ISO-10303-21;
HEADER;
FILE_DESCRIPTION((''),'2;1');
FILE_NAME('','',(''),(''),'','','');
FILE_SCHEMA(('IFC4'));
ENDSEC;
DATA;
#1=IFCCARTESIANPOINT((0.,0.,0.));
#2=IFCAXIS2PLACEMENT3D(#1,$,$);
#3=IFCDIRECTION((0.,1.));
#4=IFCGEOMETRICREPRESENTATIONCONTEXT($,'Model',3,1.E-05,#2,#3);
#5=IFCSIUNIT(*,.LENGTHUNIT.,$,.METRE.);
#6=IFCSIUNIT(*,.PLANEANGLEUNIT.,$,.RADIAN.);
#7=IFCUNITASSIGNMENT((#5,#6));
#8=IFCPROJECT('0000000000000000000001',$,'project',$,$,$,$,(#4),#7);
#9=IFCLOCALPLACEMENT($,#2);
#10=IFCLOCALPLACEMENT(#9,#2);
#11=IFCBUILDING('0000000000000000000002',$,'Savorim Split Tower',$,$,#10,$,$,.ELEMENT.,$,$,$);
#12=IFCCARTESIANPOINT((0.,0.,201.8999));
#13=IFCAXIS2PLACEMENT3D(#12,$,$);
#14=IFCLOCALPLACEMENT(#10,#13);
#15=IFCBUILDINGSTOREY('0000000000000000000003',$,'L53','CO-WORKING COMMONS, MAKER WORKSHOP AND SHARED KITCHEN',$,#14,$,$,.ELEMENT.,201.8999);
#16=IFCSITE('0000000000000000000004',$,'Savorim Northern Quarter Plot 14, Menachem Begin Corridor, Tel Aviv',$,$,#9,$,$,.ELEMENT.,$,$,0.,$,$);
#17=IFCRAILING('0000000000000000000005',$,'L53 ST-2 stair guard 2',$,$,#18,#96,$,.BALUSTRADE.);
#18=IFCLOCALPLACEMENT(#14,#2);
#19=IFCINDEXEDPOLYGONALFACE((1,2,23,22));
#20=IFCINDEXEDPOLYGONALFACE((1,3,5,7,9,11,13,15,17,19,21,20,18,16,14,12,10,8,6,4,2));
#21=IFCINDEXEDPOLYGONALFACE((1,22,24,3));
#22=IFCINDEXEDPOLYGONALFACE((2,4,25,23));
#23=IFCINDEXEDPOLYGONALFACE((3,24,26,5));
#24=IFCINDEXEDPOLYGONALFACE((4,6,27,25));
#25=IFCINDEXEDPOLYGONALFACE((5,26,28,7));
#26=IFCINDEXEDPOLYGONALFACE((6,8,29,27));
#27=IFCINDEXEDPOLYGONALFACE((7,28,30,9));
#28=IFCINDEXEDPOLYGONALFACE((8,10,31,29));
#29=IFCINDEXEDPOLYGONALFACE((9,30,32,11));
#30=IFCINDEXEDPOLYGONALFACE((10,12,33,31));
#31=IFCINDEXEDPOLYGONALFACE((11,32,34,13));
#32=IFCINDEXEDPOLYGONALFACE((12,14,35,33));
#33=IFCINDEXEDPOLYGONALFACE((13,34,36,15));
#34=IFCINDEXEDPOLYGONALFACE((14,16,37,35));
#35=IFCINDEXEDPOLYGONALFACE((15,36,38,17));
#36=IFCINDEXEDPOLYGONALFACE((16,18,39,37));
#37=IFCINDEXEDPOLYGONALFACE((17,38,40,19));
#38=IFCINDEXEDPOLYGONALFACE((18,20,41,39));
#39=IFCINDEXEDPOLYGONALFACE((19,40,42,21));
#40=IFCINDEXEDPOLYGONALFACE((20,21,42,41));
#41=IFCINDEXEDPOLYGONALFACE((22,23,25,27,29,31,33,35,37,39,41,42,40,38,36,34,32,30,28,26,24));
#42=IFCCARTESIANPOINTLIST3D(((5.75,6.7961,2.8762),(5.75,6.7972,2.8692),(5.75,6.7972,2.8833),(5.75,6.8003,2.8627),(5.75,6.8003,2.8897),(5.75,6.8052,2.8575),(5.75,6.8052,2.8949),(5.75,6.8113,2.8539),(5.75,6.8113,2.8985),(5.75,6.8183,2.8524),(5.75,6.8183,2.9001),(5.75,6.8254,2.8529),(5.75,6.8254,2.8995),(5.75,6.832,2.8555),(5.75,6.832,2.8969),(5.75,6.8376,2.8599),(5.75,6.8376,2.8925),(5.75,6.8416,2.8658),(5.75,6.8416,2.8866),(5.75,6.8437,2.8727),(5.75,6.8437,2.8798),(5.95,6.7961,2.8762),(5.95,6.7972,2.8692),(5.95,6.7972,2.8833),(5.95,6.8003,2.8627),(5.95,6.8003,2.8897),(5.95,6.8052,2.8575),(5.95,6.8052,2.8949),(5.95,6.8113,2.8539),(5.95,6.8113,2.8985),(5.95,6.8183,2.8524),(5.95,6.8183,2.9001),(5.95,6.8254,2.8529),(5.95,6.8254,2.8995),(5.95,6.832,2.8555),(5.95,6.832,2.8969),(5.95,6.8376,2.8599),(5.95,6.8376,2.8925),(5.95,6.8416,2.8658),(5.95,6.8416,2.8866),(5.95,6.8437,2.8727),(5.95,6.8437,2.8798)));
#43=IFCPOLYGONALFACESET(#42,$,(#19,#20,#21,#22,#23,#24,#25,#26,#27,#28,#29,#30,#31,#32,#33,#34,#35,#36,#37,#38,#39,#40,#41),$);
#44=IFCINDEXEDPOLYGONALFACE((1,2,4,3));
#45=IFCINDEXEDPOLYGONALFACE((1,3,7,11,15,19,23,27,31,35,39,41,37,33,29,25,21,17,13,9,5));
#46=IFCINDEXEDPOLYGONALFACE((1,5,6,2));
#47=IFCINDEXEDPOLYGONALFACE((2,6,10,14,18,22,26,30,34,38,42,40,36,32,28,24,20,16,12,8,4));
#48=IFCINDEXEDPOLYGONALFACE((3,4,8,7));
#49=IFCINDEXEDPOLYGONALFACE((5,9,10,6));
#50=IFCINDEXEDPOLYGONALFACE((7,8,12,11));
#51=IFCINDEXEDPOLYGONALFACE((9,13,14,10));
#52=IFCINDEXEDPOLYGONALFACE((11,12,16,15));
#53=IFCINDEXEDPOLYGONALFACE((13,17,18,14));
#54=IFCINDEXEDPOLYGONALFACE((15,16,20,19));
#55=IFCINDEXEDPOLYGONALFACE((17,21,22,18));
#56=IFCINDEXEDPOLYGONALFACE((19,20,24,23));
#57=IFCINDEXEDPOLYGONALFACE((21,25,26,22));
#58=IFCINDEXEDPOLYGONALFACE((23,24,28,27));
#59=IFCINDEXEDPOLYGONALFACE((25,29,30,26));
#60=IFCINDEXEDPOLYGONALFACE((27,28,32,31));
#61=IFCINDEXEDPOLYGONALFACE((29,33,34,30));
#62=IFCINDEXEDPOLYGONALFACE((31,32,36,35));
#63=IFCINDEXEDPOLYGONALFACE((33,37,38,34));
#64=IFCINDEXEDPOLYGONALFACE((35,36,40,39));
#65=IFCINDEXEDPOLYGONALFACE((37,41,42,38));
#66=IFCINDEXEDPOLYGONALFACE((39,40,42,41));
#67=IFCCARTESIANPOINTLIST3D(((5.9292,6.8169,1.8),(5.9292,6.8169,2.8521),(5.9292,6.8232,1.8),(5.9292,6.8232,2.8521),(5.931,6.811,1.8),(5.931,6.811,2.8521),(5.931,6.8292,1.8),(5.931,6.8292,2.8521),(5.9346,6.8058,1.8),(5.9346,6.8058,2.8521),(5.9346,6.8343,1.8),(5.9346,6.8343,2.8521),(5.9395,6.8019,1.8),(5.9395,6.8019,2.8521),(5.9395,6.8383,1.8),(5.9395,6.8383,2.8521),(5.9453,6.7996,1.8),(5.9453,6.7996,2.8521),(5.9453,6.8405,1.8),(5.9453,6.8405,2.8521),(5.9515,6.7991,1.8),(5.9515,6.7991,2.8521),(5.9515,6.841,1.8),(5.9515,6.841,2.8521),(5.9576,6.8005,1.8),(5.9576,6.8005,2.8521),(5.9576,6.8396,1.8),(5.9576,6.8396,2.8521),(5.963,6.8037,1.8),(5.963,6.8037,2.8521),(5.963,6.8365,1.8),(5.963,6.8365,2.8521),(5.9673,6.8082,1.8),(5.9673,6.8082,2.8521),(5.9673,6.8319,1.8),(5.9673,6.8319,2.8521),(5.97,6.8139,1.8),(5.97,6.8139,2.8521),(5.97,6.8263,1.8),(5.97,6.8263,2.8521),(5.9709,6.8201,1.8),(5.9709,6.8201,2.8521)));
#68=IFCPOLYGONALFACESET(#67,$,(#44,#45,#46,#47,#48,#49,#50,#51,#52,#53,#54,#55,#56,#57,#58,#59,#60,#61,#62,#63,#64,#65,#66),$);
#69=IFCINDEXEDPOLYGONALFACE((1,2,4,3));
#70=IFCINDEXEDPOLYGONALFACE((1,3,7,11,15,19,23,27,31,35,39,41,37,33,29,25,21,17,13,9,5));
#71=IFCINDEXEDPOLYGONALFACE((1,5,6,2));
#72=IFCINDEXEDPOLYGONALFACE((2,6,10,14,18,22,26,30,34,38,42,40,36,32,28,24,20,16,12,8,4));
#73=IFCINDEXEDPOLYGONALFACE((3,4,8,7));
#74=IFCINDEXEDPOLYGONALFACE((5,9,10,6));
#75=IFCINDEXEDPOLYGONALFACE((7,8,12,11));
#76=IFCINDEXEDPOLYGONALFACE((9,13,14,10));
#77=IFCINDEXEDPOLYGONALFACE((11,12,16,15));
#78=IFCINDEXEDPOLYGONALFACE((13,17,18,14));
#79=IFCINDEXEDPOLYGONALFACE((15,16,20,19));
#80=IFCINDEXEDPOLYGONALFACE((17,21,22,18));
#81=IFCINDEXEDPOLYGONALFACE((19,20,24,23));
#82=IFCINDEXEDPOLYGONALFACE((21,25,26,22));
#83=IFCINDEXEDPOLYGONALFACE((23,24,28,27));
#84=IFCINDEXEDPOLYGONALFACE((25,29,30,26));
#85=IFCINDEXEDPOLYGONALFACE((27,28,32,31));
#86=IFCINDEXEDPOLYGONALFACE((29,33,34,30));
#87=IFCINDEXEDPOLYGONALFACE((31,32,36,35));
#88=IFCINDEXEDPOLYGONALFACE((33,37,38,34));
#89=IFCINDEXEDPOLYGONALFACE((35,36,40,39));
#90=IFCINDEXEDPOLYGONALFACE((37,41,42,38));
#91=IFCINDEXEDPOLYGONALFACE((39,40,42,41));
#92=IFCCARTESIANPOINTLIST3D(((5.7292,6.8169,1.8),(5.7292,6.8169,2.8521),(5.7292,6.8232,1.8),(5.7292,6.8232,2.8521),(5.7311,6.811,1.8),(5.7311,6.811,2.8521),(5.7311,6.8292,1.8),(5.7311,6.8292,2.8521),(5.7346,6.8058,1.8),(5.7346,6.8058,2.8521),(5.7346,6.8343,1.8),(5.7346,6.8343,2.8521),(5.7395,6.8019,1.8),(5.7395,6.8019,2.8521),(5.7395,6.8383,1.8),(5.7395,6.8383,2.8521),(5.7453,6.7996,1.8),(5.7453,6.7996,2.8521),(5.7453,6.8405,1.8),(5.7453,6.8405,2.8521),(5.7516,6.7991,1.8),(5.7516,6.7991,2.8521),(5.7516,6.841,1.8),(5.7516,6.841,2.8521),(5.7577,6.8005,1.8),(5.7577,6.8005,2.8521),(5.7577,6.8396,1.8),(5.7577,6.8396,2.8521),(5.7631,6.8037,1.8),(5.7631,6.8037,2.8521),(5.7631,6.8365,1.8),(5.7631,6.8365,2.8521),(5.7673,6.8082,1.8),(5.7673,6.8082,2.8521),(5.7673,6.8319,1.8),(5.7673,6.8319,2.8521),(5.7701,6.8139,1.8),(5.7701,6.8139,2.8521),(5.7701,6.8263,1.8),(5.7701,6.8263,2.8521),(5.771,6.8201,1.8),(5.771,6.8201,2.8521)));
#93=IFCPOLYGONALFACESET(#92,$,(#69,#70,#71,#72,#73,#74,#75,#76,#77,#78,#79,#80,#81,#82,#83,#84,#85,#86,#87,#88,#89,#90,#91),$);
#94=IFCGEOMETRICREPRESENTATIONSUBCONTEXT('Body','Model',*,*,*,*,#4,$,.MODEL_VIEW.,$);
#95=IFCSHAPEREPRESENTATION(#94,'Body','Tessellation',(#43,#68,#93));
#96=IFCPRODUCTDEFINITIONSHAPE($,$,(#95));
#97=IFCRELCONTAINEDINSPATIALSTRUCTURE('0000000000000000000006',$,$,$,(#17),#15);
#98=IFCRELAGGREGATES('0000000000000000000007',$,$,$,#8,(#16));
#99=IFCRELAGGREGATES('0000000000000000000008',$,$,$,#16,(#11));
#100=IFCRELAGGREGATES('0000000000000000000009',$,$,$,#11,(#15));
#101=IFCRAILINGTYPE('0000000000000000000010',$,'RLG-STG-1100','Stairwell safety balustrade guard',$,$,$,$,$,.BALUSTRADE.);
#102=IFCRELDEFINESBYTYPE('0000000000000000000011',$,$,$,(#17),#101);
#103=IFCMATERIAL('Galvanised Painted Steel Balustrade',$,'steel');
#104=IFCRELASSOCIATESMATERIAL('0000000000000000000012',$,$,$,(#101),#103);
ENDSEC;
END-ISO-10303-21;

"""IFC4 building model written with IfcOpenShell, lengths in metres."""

from ifc_helpers import new_model, si_unit, direction, frame, origin, origin_2d, place, context, subcontext, project, spatial, circle, extrude, material, type_object, element, save


model = new_model("IFC4")

# Units and contexts
model_context = context("Model", 3, precision=1e-05, world=origin(), true_north=direction((0.0, 1.0)))
body_context = subcontext(model_context, "Body", "Model", "MODEL_VIEW")
ifc_project = project(units=[si_unit("LENGTHUNIT", "METRE"), si_unit("PLANEANGLEUNIT", "RADIAN")], contexts=[model_context])

# Site, building, storey
site_placement = place(None, origin())
site = spatial("IfcSite", under=ifc_project, at=site_placement, Name="Savorim Northern Quarter Plot 14, Menachem Begin Corridor, Tel Aviv", CompositionType="ELEMENT", RefElevation=0.0)
building_placement = place(site_placement, origin())
building = spatial("IfcBuilding", under=site, at=building_placement, Name="Savorim Split Tower", CompositionType="ELEMENT")
storey_placement = place(building_placement, frame((0.0, 0.0, 201.8999)))
storey = spatial("IfcBuildingStorey", under=building, at=storey_placement, Name="L53", Description="CO-WORKING COMMONS, MAKER WORKSHOP AND SHARED KITCHEN", CompositionType="ELEMENT", Elevation=201.8999)

# Railing
ifc_material_1 = material(Name="Galvanised Painted Steel Balustrade", Category="steel")
railing_type_1 = type_object("IfcRailingType", Name="RLG-STG-1100", Description="Stairwell safety balustrade guard", PredefinedType="BALUSTRADE", material=ifc_material_1)
railing_1_placement = place(storey_placement, frame((5.95, 6.8201, 1.8)))
element("IfcRailing", 1, at=railing_1_placement, inside=storey, type_object=railing_type_1, Name="L53 ST-2 stair guard 2", PredefinedType="BALUSTRADE", context=body_context, shape_type="SweptSolid", body=[
    extrude(circle(Radius=0.0239, at=origin_2d()), frame((0.0, 0.0, 1.0762), z_axis=(-1.0, 0.0, 0.0), x_axis=(0.0, -1.0, 0.0)), (0.0, 0.0, 1.0), 0.2),
    extrude(circle(Radius=0.021, at=origin_2d()), origin(), (0.0, 0.0, 1.0), 1.052),
    extrude(circle(Radius=0.021, at=origin_2d()), frame((-0.2, 0.0, 0.0)), (0.0, 0.0, 1.0), 1.052),
])

save(model, "model.ifc")
